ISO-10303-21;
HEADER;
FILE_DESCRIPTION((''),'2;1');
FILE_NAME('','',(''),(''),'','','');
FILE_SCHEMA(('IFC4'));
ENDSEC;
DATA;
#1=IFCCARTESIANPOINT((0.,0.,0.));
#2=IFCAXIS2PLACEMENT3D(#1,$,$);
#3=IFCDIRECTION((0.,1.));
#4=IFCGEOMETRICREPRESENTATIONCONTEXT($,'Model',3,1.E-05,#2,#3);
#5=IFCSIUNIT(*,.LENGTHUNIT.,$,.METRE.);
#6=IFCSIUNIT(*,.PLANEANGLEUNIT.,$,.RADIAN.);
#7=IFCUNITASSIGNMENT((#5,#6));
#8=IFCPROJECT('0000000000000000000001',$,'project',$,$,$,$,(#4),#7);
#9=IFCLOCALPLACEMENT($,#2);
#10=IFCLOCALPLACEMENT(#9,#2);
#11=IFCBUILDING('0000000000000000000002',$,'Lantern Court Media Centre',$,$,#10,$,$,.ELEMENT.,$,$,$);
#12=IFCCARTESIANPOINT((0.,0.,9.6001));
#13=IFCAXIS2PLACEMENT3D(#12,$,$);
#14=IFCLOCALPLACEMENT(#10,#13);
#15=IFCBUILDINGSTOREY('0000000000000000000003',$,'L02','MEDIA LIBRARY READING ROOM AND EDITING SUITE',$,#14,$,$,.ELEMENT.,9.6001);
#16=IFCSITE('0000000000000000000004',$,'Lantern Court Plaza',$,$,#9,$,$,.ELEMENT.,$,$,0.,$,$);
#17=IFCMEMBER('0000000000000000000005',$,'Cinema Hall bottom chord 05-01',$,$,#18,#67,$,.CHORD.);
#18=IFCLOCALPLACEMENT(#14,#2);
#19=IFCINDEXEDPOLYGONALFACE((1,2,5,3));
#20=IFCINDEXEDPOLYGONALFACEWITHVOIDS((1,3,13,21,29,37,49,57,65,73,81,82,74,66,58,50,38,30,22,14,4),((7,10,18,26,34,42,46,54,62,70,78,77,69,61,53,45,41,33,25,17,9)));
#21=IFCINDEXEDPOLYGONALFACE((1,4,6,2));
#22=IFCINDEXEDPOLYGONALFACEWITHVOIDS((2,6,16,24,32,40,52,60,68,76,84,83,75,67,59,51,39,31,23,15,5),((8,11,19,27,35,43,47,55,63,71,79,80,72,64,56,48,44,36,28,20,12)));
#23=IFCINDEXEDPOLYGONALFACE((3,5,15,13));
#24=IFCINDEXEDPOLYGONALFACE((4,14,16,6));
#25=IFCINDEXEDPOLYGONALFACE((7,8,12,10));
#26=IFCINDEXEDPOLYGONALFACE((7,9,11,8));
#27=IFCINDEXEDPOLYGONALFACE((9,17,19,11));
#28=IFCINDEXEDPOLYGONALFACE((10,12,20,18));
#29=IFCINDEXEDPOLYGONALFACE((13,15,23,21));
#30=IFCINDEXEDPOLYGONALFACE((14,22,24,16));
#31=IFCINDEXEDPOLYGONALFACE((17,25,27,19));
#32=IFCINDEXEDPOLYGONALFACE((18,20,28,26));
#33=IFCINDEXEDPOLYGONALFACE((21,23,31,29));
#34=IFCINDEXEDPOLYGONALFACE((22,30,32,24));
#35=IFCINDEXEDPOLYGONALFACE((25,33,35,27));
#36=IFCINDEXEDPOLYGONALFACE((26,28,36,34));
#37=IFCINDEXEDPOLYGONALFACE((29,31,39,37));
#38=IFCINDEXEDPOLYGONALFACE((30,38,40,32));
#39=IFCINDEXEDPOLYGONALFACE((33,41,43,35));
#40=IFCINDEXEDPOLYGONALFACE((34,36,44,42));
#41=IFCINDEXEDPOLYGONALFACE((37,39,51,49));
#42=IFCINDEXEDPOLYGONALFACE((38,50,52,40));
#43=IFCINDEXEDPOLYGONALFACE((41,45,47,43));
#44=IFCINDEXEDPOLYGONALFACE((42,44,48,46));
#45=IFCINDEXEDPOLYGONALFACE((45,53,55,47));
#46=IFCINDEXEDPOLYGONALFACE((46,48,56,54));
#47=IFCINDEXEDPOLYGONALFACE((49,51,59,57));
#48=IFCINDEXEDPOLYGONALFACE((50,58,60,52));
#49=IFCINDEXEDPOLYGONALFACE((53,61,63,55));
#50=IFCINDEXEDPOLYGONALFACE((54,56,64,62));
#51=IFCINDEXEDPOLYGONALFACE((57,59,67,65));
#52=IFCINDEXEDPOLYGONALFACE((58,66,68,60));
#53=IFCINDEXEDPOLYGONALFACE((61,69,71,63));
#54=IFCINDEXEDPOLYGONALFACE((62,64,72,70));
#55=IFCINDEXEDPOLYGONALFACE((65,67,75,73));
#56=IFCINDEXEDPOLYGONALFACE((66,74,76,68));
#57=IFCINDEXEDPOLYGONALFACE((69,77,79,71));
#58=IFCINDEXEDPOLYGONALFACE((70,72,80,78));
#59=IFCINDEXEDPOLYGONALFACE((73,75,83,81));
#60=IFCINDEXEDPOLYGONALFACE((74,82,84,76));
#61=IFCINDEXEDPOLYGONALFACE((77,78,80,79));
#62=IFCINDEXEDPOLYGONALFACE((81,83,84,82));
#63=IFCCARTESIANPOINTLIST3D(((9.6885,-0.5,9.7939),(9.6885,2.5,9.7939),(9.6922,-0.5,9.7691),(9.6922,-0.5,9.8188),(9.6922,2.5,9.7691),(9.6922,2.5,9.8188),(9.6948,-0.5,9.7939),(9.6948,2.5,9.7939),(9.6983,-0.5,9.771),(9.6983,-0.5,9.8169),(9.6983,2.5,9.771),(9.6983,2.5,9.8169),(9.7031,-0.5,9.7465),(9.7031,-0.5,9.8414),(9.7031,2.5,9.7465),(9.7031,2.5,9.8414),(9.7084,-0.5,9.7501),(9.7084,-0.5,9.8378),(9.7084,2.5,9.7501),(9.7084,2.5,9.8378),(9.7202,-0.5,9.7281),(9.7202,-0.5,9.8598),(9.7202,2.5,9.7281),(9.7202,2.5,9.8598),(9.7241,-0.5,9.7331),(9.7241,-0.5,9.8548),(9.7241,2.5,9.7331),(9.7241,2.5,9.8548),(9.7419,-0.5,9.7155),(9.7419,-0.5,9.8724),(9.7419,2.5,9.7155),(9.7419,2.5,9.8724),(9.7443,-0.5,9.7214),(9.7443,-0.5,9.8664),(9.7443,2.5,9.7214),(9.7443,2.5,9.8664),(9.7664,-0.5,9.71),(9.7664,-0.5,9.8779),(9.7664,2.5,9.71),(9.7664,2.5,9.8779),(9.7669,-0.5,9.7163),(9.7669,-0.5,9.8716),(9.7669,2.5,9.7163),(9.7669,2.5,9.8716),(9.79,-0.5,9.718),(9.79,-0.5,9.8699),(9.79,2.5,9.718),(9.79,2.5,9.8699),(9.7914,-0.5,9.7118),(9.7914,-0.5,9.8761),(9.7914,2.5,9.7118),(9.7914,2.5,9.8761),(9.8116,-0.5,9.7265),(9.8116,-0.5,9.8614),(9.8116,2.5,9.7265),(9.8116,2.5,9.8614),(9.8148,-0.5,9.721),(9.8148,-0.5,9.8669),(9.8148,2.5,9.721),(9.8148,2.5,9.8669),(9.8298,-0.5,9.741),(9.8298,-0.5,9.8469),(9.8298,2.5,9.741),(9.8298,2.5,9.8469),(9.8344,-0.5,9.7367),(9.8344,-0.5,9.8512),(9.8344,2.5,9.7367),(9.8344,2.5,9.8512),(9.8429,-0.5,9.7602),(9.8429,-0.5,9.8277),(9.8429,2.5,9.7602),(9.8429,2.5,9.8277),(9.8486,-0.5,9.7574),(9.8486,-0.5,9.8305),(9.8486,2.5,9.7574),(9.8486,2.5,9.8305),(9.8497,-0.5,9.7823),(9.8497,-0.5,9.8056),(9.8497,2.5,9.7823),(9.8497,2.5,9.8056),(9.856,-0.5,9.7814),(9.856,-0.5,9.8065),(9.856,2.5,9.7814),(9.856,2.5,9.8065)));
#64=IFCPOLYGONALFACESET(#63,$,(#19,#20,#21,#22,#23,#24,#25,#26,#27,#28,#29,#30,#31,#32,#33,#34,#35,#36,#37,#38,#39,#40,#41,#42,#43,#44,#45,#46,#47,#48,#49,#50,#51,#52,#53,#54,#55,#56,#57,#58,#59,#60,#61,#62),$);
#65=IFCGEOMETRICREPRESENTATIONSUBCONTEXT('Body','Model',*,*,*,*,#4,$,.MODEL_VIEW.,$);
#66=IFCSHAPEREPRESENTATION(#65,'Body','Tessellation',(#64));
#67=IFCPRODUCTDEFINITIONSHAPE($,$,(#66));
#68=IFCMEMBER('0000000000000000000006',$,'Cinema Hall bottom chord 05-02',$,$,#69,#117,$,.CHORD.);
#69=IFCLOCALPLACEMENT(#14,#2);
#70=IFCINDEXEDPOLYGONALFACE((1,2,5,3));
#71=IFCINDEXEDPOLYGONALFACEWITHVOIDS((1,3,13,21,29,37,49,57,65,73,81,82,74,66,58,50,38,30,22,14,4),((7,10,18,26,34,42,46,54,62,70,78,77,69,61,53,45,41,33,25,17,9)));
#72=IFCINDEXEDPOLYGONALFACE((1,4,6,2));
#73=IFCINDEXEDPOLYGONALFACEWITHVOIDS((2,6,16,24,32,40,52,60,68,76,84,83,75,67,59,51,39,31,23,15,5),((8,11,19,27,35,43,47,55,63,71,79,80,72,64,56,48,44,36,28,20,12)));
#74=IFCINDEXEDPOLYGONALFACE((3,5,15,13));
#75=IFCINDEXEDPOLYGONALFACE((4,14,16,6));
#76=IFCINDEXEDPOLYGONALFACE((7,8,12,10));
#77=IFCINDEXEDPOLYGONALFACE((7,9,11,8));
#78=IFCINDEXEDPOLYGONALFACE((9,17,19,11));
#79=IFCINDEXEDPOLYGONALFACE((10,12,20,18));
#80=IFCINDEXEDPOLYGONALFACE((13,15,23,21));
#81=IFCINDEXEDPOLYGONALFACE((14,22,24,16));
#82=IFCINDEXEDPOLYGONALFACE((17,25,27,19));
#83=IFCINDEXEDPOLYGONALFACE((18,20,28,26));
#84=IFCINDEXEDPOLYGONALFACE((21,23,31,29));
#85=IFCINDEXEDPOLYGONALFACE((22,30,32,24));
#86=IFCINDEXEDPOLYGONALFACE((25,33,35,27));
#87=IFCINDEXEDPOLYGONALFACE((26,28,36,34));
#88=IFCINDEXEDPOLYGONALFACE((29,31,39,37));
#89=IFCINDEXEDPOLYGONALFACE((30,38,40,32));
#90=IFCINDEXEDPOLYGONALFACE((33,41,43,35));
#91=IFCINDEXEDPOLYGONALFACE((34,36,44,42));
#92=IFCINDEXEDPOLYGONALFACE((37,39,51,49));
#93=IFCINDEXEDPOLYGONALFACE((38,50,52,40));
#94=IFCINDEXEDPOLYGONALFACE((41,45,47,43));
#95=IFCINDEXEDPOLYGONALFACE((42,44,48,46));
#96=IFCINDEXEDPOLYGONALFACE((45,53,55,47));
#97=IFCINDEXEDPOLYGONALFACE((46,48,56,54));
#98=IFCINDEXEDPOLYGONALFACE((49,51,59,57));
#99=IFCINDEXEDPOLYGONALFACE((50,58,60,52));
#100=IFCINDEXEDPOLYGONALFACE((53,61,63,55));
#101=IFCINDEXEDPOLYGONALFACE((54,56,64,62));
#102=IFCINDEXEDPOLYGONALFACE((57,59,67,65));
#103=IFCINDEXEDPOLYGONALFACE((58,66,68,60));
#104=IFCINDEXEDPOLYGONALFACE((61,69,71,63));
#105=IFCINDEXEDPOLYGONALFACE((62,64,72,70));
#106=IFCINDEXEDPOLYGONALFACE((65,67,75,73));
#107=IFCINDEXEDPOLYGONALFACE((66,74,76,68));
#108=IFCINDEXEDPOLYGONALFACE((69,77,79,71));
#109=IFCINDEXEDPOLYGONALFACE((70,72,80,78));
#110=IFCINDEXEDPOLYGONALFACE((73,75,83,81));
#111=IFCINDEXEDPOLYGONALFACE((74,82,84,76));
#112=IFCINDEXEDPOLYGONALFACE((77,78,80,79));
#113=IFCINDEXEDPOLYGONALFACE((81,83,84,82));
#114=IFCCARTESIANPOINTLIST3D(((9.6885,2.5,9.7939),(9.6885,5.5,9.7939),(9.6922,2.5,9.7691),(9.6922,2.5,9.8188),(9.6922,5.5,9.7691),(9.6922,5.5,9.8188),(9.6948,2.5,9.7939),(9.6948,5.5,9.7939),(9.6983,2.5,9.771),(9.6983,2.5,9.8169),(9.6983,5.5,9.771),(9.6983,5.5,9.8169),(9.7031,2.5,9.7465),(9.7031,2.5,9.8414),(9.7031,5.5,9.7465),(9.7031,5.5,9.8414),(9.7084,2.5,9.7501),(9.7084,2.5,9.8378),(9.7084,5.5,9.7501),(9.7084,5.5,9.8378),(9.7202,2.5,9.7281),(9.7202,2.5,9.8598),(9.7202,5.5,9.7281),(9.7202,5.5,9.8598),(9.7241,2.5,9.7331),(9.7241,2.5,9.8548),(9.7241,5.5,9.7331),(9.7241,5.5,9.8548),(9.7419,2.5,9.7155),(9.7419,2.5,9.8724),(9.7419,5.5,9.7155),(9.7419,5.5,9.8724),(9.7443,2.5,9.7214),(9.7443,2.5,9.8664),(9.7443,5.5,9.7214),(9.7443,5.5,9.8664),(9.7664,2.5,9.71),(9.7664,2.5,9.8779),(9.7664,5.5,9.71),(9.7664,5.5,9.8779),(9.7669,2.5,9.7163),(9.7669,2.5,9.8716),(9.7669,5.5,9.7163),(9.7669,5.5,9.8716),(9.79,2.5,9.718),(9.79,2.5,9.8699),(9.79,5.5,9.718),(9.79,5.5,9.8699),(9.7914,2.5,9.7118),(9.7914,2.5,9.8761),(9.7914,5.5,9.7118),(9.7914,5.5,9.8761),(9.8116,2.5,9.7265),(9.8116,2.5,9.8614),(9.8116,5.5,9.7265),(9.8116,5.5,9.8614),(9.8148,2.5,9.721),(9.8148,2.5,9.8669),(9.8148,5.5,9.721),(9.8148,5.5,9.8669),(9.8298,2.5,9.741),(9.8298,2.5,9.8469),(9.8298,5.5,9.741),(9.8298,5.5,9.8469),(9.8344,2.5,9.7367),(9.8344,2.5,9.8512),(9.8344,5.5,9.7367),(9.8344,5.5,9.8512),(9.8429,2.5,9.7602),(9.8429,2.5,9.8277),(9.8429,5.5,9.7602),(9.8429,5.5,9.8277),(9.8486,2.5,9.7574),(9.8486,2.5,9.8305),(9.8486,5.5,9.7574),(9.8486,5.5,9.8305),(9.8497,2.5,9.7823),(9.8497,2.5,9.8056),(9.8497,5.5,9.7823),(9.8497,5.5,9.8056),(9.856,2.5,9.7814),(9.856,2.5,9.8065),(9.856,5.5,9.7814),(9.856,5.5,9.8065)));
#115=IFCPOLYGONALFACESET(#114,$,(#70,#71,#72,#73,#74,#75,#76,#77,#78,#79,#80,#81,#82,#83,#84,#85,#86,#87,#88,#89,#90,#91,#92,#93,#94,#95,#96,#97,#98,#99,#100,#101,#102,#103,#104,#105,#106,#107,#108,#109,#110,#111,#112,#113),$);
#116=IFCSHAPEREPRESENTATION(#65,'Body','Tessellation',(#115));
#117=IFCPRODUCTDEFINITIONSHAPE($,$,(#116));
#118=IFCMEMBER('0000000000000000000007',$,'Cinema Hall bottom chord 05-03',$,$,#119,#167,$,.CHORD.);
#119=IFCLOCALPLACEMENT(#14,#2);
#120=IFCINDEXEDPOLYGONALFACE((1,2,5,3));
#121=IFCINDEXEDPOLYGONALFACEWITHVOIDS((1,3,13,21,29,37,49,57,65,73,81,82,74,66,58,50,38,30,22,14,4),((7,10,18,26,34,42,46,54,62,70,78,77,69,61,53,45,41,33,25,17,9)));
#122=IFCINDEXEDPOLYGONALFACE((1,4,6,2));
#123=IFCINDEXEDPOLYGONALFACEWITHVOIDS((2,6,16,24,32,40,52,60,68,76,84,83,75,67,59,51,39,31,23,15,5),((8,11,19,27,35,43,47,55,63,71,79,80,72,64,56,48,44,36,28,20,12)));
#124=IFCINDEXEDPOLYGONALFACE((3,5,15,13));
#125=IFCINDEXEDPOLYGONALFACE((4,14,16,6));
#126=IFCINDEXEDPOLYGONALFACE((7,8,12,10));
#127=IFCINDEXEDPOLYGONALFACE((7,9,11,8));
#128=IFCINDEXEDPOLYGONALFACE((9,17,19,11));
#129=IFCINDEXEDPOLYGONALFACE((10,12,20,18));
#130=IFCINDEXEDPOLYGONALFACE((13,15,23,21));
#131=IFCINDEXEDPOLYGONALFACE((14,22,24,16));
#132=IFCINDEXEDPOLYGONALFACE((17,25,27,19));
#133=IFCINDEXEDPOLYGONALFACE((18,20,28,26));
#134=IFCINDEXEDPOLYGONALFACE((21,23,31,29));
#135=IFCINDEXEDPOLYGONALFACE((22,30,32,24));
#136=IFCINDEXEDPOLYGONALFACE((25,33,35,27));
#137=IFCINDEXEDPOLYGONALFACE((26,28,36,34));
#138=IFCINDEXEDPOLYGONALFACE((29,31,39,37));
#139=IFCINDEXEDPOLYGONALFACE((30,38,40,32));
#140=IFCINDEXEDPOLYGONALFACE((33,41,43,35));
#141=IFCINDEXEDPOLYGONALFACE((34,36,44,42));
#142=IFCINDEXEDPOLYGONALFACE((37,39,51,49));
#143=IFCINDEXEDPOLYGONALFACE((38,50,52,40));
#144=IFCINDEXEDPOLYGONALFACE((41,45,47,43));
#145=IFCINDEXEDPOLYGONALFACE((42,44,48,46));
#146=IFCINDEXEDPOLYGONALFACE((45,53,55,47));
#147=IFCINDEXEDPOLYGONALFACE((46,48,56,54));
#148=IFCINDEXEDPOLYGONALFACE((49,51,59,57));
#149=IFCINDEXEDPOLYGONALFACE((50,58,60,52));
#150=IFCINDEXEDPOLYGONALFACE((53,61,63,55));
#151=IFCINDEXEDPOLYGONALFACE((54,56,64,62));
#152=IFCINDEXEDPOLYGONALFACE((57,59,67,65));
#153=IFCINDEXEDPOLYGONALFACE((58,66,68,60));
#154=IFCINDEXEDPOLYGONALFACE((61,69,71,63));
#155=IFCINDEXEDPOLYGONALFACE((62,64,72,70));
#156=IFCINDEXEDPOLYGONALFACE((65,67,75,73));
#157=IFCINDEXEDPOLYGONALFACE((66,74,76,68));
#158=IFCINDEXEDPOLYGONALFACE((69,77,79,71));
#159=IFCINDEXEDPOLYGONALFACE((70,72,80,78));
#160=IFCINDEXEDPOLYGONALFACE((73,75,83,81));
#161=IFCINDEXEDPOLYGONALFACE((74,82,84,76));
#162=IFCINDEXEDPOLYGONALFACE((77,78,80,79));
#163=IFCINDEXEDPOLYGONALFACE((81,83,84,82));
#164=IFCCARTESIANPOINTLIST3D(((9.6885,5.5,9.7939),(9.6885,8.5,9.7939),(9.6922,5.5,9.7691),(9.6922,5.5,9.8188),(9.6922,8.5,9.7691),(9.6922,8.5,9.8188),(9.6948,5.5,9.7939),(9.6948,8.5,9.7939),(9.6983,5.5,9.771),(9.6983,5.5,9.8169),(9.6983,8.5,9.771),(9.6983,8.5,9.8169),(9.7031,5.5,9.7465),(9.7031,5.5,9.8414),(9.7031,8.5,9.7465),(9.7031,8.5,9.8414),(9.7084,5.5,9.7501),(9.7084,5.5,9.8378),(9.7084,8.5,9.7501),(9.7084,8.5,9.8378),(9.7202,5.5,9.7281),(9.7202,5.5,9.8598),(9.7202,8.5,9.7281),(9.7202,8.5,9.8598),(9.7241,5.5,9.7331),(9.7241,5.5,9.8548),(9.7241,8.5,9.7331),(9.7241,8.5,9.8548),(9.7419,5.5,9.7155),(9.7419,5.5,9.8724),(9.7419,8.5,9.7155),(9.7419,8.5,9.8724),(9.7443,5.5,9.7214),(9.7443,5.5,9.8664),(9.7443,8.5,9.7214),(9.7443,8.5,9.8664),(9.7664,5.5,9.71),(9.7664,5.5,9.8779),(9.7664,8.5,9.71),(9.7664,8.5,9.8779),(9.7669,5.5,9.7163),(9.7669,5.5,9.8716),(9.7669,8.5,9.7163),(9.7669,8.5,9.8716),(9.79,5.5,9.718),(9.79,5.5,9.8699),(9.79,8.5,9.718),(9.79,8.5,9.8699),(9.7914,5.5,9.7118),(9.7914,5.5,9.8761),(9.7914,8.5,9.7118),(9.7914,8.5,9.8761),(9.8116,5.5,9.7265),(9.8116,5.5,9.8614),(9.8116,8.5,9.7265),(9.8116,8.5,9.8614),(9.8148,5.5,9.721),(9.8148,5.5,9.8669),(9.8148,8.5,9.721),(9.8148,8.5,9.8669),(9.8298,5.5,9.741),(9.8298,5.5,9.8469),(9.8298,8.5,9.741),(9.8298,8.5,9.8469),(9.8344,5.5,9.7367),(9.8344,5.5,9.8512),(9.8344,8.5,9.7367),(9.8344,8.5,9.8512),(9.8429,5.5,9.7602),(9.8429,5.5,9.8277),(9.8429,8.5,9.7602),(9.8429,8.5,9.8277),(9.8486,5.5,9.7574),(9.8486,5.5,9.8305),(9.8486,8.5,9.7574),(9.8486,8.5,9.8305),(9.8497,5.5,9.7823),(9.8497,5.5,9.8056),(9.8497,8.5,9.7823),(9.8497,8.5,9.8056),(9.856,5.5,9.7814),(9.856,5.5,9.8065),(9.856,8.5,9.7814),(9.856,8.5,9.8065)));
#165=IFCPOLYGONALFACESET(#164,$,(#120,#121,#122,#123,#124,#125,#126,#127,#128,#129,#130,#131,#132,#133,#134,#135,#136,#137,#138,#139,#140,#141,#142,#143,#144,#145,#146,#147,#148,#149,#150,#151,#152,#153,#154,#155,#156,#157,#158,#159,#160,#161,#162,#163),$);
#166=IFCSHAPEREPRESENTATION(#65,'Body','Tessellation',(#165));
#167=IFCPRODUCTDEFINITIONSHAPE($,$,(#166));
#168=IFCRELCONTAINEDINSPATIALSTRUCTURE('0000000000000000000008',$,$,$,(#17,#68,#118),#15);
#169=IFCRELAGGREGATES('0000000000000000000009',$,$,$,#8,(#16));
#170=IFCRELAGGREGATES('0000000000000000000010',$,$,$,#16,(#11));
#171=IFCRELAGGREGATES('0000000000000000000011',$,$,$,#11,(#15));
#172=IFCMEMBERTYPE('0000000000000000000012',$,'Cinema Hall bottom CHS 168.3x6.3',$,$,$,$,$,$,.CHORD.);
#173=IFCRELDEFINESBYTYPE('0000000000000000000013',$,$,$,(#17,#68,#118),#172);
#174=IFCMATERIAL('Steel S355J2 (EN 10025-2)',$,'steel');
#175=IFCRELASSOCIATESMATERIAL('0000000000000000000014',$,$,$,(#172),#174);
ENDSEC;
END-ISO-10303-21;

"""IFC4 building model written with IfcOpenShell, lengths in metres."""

from ifc_helpers import new_model, si_unit, direction, frame, origin, origin_2d, place, context, subcontext, project, spatial, hollow_circle, extrude, material, material_profile, profile_set, type_object, element, save


model = new_model("IFC4")

# Units and contexts
model_context = context("Model", 3, precision=1e-05, world=origin(), true_north=direction((0.0, 1.0)))
body_context = subcontext(model_context, "Body", "Model", "MODEL_VIEW")
ifc_project = project(units=[si_unit("LENGTHUNIT", "METRE"), si_unit("PLANEANGLEUNIT", "RADIAN")], contexts=[model_context])

# Site, building, storey
site_placement = place(None, origin())
site = spatial("IfcSite", under=ifc_project, at=site_placement, Name="Lantern Court Plaza", CompositionType="ELEMENT", RefElevation=0.0)
building_placement = place(site_placement, origin())
building = spatial("IfcBuilding", under=site, at=building_placement, Name="Lantern Court Media Centre", CompositionType="ELEMENT")
storey_placement = place(building_placement, frame((0.0, 0.0, 9.6001)))
storey = spatial("IfcBuildingStorey", under=building, at=storey_placement, Name="L02", Description="MEDIA LIBRARY READING ROOM AND EDITING SUITE", CompositionType="ELEMENT", Elevation=9.6001)

# Members
ifc_material = material(Name="Steel S355J2 (EN 10025-2)", Category="steel")
ifc_material_profile_1 = material_profile(ifc_material, hollow_circle(Radius=0.0842, WallThickness=0.0063, at=origin_2d()), Name="Cinema Hall bottom CHS 168.3x6.3")
ifc_profile_set_1 = profile_set([ifc_material_profile_1], Name="Steel S355J2 (EN 10025-2)")
member_type_1 = type_object("IfcMemberType", Name="Cinema Hall bottom CHS 168.3x6.3", PredefinedType="CHORD", material=ifc_profile_set_1)
for number, where, z_axis, x_axis, name in (
    (1, (9.7727, -0.5, 9.7939), (0.0, 1.0, 0.0), (-1.0, 0.0, 0.0), "Cinema Hall bottom chord 05-01"),
    (2, (9.7727, 2.5, 9.7939), (0.0, 1.0, 0.0), (-1.0, 0.0, 0.0), "Cinema Hall bottom chord 05-02"),
    (3, (9.7727, 5.5, 9.7939), (0.0, 1.0, 0.0), (-1.0, 0.0, 0.0), "Cinema Hall bottom chord 05-03"),
):
    element("IfcMember", number, at=place(storey_placement, frame(where, z_axis=z_axis, x_axis=x_axis)), inside=storey, type_object=member_type_1, Name=name, PredefinedType="CHORD", context=body_context, shape_type="SweptSolid", body=[
        extrude(hollow_circle(Radius=0.0842, WallThickness=0.0063, at=origin_2d()), origin(), (0.0, 0.0, 1.0), 3.0),
    ])

save(model, "model.ifc")
